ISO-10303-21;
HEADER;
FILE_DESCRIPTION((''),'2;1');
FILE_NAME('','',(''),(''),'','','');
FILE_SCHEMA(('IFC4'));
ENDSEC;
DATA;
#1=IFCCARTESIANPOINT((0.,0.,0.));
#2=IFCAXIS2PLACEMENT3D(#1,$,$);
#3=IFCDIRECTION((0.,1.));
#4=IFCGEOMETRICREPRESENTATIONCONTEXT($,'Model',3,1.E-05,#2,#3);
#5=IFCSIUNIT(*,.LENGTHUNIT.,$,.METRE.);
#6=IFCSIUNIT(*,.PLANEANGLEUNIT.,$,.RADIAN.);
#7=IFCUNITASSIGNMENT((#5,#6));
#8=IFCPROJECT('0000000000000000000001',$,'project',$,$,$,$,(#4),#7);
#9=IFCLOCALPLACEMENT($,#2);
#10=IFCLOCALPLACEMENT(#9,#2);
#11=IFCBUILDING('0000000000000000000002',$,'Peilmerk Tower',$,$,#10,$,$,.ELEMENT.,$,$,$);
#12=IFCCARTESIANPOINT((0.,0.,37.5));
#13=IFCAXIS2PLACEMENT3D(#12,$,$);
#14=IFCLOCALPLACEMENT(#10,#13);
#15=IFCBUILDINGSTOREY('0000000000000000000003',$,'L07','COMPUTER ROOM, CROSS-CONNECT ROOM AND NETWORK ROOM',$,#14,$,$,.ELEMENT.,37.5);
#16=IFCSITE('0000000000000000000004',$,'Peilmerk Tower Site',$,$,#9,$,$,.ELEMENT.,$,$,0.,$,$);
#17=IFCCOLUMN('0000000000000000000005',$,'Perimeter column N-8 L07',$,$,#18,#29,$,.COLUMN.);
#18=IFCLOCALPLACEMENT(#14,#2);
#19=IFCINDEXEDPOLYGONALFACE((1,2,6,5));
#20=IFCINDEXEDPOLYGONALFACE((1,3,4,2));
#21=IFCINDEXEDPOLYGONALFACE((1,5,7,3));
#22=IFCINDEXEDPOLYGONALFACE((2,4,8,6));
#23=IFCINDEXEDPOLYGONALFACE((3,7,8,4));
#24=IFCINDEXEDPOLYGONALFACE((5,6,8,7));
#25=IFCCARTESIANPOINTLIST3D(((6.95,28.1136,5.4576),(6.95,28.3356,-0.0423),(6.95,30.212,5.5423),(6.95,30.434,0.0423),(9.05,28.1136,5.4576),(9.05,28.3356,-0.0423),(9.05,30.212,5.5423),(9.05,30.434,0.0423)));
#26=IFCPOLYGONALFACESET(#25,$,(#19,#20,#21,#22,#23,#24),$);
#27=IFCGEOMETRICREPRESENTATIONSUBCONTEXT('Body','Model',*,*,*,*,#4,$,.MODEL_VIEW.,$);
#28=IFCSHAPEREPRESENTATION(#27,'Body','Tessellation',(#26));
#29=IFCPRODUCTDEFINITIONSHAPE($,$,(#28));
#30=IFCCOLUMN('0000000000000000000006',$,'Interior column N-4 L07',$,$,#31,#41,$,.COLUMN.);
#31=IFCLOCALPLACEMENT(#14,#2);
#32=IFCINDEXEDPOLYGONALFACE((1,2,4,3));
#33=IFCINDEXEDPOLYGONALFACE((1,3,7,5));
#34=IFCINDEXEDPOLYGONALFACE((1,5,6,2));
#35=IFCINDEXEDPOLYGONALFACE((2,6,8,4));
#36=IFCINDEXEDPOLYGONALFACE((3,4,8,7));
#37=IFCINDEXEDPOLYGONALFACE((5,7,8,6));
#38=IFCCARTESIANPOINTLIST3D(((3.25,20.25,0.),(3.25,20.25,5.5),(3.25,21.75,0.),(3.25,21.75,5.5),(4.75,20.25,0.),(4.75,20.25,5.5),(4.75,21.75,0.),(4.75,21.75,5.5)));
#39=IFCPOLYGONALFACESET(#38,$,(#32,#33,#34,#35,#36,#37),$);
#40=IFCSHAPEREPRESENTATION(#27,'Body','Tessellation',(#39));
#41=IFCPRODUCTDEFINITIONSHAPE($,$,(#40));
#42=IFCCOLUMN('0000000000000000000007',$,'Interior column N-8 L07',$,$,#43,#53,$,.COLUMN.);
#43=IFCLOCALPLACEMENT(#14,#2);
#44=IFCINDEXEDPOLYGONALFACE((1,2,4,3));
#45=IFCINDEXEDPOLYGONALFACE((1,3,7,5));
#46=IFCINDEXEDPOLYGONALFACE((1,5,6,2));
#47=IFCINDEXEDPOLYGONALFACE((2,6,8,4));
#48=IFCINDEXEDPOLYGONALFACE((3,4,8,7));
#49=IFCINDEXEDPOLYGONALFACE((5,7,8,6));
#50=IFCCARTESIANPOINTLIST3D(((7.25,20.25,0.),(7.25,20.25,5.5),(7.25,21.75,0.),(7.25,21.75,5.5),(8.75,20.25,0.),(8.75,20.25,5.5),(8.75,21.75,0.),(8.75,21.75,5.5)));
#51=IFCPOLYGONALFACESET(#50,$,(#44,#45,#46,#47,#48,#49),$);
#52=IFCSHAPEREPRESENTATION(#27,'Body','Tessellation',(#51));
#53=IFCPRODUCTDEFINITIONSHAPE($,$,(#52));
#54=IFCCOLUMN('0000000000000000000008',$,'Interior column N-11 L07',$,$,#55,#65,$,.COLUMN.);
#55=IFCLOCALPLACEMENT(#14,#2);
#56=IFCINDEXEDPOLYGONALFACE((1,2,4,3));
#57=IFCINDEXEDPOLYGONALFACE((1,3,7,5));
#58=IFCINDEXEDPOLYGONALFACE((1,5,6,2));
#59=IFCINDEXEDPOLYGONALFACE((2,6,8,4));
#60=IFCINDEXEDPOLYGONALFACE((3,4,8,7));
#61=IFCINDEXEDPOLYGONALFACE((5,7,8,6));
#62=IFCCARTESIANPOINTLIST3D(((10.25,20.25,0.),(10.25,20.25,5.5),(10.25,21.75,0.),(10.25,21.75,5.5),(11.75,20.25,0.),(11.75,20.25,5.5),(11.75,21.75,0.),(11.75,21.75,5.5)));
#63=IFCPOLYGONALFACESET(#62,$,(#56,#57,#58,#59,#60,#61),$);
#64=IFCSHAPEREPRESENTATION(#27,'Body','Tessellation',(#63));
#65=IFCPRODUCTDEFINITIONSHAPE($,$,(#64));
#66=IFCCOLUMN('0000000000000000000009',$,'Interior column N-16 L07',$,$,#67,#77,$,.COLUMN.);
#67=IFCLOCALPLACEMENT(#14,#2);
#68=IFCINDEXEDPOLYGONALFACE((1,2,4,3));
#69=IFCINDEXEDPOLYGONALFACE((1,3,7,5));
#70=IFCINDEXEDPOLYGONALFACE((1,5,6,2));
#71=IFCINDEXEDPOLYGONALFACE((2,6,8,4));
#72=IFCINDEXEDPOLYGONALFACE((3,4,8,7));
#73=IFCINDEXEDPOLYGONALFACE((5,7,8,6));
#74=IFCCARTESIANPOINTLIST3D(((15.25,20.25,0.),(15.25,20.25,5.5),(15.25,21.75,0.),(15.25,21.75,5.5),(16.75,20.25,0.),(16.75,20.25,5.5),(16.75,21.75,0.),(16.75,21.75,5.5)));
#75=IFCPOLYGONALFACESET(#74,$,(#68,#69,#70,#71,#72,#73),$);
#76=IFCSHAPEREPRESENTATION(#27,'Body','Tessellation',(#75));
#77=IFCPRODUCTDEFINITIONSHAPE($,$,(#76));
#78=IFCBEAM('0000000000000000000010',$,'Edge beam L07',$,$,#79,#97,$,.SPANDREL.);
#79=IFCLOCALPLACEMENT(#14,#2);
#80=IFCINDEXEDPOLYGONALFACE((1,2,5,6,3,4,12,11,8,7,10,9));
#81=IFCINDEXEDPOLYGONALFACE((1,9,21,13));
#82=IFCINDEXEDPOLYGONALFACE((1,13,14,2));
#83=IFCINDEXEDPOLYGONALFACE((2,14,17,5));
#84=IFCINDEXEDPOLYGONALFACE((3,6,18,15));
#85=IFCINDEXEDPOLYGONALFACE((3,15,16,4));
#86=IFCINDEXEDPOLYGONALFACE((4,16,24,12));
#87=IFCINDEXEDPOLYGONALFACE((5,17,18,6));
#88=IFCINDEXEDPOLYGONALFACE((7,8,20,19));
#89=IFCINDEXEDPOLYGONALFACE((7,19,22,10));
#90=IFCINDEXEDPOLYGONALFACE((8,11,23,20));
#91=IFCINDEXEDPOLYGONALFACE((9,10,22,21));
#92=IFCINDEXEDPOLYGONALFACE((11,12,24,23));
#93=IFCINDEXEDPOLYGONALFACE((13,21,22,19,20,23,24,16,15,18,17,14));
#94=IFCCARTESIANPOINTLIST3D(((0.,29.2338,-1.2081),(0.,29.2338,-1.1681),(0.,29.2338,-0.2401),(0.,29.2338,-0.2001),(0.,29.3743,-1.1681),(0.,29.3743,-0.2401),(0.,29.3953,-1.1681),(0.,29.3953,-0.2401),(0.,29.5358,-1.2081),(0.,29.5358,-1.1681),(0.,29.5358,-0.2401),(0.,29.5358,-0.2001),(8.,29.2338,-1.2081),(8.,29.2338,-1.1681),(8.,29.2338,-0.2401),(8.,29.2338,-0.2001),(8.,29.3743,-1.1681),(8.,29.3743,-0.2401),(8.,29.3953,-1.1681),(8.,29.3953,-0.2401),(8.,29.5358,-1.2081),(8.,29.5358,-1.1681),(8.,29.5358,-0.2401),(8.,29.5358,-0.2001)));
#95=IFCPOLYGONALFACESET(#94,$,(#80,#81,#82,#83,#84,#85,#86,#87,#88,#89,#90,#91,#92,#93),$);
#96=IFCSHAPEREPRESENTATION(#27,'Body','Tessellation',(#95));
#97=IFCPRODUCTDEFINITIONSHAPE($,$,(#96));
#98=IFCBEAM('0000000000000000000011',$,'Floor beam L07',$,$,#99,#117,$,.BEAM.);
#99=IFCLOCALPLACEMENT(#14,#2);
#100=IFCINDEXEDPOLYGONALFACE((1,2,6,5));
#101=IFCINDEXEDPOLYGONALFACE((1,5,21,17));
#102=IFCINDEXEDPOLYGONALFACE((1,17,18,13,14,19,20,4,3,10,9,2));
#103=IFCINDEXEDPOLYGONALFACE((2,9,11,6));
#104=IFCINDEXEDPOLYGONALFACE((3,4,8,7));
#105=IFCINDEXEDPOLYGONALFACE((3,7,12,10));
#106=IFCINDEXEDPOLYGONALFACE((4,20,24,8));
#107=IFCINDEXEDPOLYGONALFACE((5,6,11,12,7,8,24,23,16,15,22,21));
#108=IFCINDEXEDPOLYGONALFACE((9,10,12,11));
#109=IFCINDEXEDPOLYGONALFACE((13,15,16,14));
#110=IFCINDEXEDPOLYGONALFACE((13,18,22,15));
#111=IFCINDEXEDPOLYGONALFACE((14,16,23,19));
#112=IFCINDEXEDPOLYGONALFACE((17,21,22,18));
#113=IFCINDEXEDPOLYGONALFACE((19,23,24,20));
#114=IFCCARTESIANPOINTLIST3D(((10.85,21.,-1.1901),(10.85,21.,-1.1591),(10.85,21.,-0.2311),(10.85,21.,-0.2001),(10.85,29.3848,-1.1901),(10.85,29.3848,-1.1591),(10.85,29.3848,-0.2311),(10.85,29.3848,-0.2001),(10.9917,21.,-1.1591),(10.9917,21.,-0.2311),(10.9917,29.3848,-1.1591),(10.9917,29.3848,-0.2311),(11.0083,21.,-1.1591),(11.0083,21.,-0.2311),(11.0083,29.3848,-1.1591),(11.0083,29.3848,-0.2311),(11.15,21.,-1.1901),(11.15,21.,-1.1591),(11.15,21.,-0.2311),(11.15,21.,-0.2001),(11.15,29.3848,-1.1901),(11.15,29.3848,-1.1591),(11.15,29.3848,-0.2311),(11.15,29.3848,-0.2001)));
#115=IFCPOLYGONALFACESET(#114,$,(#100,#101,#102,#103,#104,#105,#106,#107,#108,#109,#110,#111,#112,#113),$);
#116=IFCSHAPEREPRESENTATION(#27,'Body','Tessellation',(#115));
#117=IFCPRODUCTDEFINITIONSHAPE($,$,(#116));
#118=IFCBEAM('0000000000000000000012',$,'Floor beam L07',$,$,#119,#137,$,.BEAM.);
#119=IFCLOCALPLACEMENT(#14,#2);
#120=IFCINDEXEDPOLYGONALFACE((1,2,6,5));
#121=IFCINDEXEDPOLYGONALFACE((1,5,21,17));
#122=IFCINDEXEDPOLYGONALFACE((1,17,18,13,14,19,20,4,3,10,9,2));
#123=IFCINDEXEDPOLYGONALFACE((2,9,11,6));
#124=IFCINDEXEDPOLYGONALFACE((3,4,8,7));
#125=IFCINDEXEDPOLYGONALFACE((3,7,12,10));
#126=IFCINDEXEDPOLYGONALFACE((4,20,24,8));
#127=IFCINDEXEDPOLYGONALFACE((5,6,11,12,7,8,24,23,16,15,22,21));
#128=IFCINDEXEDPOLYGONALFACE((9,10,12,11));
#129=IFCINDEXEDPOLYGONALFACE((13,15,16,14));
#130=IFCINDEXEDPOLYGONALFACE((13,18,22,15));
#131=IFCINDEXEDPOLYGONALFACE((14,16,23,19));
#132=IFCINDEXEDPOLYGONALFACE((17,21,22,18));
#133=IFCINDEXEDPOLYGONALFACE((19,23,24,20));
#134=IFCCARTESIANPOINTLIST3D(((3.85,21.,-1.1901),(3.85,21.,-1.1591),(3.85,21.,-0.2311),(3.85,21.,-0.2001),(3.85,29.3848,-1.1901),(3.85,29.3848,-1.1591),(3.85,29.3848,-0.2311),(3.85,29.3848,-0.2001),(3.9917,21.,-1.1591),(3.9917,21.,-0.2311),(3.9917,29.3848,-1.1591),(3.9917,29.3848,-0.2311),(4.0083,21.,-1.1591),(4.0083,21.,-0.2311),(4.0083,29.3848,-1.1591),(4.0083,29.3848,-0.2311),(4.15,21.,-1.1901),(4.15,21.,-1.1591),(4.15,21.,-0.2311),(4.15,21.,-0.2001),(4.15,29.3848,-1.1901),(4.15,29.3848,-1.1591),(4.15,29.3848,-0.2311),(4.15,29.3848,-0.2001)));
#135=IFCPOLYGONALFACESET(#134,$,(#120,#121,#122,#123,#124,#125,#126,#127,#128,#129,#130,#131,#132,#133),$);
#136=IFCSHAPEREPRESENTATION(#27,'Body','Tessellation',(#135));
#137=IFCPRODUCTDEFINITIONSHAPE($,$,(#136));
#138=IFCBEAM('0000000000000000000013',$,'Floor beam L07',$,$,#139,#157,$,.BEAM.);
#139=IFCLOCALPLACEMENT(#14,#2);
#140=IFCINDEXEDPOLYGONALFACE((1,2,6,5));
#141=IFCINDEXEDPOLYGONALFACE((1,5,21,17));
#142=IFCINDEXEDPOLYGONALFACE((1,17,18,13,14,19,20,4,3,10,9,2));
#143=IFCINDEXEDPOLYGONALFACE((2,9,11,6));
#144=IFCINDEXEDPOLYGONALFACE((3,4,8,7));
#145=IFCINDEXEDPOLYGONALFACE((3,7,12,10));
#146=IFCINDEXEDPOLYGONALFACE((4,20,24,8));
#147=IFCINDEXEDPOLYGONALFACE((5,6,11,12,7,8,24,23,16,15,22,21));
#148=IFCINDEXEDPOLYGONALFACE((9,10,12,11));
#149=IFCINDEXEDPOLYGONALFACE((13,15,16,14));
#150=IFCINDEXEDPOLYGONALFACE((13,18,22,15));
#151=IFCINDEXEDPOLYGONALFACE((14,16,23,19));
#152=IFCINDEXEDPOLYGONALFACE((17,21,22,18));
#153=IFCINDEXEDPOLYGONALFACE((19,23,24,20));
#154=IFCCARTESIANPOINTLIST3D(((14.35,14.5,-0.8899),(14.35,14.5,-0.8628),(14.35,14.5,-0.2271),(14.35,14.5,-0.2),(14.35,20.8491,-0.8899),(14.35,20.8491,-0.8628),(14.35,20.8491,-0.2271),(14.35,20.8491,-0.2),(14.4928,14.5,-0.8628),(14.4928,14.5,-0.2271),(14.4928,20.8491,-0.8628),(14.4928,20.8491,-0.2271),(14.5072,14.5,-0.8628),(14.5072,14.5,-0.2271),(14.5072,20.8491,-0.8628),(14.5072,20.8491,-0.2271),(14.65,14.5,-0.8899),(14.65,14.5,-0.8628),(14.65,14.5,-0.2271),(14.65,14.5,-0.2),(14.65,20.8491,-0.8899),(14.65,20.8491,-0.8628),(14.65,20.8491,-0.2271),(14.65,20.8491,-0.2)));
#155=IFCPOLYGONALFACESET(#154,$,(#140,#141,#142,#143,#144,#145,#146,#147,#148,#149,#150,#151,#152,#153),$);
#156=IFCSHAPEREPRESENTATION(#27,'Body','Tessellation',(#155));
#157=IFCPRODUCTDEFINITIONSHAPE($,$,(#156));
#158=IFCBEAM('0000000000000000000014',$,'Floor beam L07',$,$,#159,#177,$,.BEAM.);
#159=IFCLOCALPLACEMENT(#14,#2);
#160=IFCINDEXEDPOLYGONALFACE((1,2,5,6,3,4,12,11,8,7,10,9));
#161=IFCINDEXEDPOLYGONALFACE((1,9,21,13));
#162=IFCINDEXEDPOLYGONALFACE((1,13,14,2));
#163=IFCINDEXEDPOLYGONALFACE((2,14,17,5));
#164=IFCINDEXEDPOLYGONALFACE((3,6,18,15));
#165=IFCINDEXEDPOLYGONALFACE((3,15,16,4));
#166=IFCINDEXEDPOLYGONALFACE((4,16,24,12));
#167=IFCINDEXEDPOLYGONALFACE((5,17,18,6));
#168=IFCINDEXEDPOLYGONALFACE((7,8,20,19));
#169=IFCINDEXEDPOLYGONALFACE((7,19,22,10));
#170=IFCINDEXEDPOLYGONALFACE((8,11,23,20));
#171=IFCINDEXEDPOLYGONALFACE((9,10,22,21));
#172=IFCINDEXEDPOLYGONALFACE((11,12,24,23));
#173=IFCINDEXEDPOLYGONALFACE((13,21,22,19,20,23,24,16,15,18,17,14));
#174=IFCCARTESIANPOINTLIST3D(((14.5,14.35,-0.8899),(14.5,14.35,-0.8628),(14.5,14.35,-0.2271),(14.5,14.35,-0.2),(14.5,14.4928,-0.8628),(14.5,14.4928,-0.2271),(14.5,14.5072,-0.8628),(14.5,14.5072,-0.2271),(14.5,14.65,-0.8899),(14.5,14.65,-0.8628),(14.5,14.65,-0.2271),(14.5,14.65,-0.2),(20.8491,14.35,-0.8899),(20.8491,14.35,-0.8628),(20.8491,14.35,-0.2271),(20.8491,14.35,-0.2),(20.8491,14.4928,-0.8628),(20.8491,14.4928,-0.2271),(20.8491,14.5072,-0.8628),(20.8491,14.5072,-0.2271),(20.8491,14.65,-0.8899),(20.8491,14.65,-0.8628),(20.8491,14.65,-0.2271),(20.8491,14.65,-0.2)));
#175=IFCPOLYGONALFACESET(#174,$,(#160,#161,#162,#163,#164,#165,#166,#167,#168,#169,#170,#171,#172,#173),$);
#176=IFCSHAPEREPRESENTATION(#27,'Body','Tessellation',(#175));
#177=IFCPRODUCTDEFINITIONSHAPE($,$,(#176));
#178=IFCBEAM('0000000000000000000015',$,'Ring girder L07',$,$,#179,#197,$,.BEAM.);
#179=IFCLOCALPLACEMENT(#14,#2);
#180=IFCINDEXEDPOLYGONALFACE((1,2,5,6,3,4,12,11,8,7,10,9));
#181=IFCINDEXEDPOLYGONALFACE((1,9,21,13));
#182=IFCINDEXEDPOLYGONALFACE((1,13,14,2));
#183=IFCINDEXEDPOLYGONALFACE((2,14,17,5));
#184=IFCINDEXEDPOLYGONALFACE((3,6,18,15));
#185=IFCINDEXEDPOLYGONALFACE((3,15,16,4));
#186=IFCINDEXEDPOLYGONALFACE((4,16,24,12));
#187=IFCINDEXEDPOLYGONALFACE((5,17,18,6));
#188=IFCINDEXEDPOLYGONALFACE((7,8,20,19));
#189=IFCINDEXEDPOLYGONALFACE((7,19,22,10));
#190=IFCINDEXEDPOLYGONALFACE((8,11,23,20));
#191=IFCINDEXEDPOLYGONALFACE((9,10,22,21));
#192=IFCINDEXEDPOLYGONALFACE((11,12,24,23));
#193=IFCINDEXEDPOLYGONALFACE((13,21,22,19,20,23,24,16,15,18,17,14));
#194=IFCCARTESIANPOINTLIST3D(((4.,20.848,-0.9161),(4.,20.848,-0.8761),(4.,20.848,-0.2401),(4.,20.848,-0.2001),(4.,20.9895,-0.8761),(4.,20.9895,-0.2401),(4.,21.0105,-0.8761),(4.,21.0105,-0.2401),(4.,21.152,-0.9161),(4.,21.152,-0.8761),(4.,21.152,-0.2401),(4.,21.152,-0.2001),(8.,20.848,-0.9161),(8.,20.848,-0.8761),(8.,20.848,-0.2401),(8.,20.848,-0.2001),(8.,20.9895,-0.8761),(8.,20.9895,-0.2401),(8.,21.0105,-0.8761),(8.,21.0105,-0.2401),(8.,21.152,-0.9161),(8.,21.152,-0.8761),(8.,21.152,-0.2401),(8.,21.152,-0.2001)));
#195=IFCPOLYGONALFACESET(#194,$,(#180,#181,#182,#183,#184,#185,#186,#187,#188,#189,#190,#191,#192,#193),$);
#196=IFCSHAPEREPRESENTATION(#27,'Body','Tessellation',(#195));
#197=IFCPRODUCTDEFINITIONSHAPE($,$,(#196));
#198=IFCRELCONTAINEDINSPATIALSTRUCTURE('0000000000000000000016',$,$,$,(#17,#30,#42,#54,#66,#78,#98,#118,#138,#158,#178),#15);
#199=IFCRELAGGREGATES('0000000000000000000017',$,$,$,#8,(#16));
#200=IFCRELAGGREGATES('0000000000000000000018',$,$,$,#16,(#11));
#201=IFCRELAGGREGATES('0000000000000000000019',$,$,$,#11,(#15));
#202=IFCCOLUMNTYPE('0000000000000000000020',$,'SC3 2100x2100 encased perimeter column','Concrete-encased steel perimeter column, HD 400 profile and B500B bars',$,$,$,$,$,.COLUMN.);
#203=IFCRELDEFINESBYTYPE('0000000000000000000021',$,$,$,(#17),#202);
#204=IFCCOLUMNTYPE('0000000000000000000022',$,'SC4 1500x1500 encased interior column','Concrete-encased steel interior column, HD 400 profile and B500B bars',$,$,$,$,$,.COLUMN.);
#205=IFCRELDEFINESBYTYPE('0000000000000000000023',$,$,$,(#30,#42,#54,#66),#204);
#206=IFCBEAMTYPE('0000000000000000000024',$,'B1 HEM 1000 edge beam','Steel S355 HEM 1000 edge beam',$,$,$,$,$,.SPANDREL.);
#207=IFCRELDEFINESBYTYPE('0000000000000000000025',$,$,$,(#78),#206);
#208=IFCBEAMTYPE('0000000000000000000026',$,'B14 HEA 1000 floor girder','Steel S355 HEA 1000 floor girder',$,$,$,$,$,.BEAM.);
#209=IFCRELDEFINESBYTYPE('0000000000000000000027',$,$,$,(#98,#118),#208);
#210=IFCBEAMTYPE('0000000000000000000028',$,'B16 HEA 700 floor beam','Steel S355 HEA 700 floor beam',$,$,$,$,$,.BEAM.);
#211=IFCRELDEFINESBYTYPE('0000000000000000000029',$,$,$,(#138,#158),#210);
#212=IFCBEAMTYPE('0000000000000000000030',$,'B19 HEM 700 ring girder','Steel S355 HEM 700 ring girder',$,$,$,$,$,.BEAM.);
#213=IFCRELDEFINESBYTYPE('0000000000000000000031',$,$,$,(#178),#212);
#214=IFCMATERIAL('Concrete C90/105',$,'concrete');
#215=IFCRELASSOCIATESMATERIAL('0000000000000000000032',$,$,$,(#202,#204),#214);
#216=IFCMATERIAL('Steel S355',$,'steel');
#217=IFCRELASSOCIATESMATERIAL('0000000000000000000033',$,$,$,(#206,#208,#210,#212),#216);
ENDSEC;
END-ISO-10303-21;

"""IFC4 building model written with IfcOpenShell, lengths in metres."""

from ifc_helpers import new_model, si_unit, direction, frame, origin, origin_2d, place, context, subcontext, project, spatial, rectangle, i_section, extrude, material, material_profile, profile_set, type_object, element, save


model = new_model("IFC4")

# Units and contexts
model_context = context("Model", 3, precision=1e-05, world=origin(), true_north=direction((0.0, 1.0)))
body_context = subcontext(model_context, "Body", "Model", "MODEL_VIEW")
ifc_project = project(units=[si_unit("LENGTHUNIT", "METRE"), si_unit("PLANEANGLEUNIT", "RADIAN")], contexts=[model_context])

# Site, building, storey
site_placement = place(None, origin())
site = spatial("IfcSite", under=ifc_project, at=site_placement, Name="Peilmerk Tower Site", CompositionType="ELEMENT", RefElevation=0.0)
building_placement = place(site_placement, origin())
building = spatial("IfcBuilding", under=site, at=building_placement, Name="Peilmerk Tower", CompositionType="ELEMENT")
storey_placement = place(building_placement, frame((0.0, 0.0, 37.5)))
storey = spatial("IfcBuildingStorey", under=building, at=storey_placement, Name="L07", Description="COMPUTER ROOM, CROSS-CONNECT ROOM AND NETWORK ROOM", CompositionType="ELEMENT", Elevation=37.5)

# Columns
ifc_material_1 = material(Name="Concrete C90/105", Category="concrete")
ifc_material_profile_1 = material_profile(ifc_material_1, rectangle(XDim=2.1001, YDim=2.1001, at=origin_2d()), Name="RC 2100x2100")
ifc_profile_set_1 = profile_set([ifc_material_profile_1], Name="Concrete C90/105")
column_type_1 = type_object("IfcColumnType", Name="SC3 2100x2100 encased perimeter column", Description="Concrete-encased steel perimeter column, HD 400 profile and B500B bars", PredefinedType="COLUMN", material=ifc_profile_set_1)
column_placement = place(storey_placement, frame((8.0, 29.3848, 0.0), z_axis=(0.0, -0.040317, 0.999187), x_axis=(1.0, 0.0, 0.0)))
element("IfcColumn", 1, at=column_placement, inside=storey, type_object=column_type_1, Name="Perimeter column N-8 L07", PredefinedType="COLUMN", context=body_context, shape_type="SweptSolid", body=[
    extrude(rectangle(XDim=2.1001, YDim=2.1001, at=origin_2d()), origin(), (0.0, 0.0, 1.0), 5.5044),
])
ifc_material_profile_2 = material_profile(ifc_material_1, rectangle(XDim=1.5, YDim=1.5, at=origin_2d()), Name="RC 1500x1500")
ifc_profile_set_2 = profile_set([ifc_material_profile_2], Name="Concrete C90/105")
column_type_2 = type_object("IfcColumnType", Name="SC4 1500x1500 encased interior column", Description="Concrete-encased steel interior column, HD 400 profile and B500B bars", PredefinedType="COLUMN", material=ifc_profile_set_2)
for number, where, z_axis, x_axis, name in (
    (2, (4.0, 21.0, 0.0), (0.0, 0.0, 1.0), (1.0, 0.0, 0.0), "Interior column N-4 L07"),
    (3, (8.0, 21.0, 0.0), (0.0, 0.0, 1.0), (1.0, 0.0, 0.0), "Interior column N-8 L07"),
    (4, (11.0, 21.0, 0.0), (0.0, 0.0, 1.0), (1.0, 0.0, 0.0), "Interior column N-11 L07"),
    (5, (16.0, 21.0, 0.0), (0.0, 0.0, 1.0), (1.0, 0.0, 0.0), "Interior column N-16 L07"),
):
    element("IfcColumn", number, at=place(storey_placement, frame(where, z_axis=z_axis, x_axis=x_axis)), inside=storey, type_object=column_type_2, Name=name, PredefinedType="COLUMN", context=body_context, shape_type="SweptSolid", body=[
        extrude(rectangle(XDim=1.5, YDim=1.5, at=origin_2d()), origin(), (0.0, 0.0, 1.0), 5.5),
    ])

# Beams
ifc_material_2 = material(Name="Steel S355", Category="steel")
ifc_material_profile_3 = material_profile(ifc_material_2, i_section(OverallWidth=0.302, OverallDepth=1.0081, WebThickness=0.021, FlangeThickness=0.04, at=origin_2d()), Name="HEM 1000")
ifc_profile_set_3 = profile_set([ifc_material_profile_3], Name="Steel S355")
beam_type_1 = type_object("IfcBeamType", Name="B1 HEM 1000 edge beam", Description="Steel S355 HEM 1000 edge beam", PredefinedType="SPANDREL", material=ifc_profile_set_3)
beam_1_placement = place(storey_placement, frame((8.0, 29.3848, -0.7041), z_axis=(-1.0, 0.0, 0.0), x_axis=(0.0, -1.0, 0.0)))
element("IfcBeam", 6, at=beam_1_placement, inside=storey, type_object=beam_type_1, Name="Edge beam L07", PredefinedType="SPANDREL", context=body_context, shape_type="SweptSolid", body=[
    extrude(i_section(OverallWidth=0.302, OverallDepth=1.0081, WebThickness=0.021, FlangeThickness=0.04, at=origin_2d()), origin(), (0.0, 0.0, 1.0), 8.0),
])
ifc_material_profile_4 = material_profile(ifc_material_2, i_section(OverallWidth=0.3, OverallDepth=0.99, WebThickness=0.0166, FlangeThickness=0.031, at=origin_2d()), Name="HEA 1000")
ifc_profile_set_4 = profile_set([ifc_material_profile_4], Name="Steel S355")
beam_type_2 = type_object("IfcBeamType", Name="B14 HEA 1000 floor girder", Description="Steel S355 HEA 1000 floor girder", PredefinedType="BEAM", material=ifc_profile_set_4)
for number, where, z_axis, x_axis, name in (
    (7, (11.0, 21.0, -0.6951), (0.0, 1.0, 0.0), (-1.0, 0.0, 0.0), "Floor beam L07"),
    (8, (4.0, 21.0, -0.6951), (0.0, 1.0, 0.0), (-1.0, 0.0, 0.0), "Floor beam L07"),
):
    element("IfcBeam", number, at=place(storey_placement, frame(where, z_axis=z_axis, x_axis=x_axis)), inside=storey, type_object=beam_type_2, Name=name, PredefinedType="BEAM", context=body_context, shape_type="SweptSolid", body=[
        extrude(i_section(OverallWidth=0.3, OverallDepth=0.99, WebThickness=0.0166, FlangeThickness=0.031, at=origin_2d()), origin(), (0.0, 0.0, 1.0), 8.3848),
    ])
ifc_material_profile_5 = material_profile(ifc_material_2, i_section(OverallWidth=0.3, OverallDepth=0.6899, WebThickness=0.0144, FlangeThickness=0.0271, at=origin_2d()), Name="HEA 700")
ifc_profile_set_5 = profile_set([ifc_material_profile_5], Name="Steel S355")
beam_type_3 = type_object("IfcBeamType", Name="B16 HEA 700 floor beam", Description="Steel S355 HEA 700 floor beam", PredefinedType="BEAM", material=ifc_profile_set_5)
for number, where, z_axis, x_axis, name in (
    (9, (14.5, 14.5, -0.5449), (0.0, 1.0, 0.0), (-1.0, 0.0, 0.0), "Floor beam L07"),
    (10, (14.5, 14.5, -0.5449), (1.0, 0.0, 0.0), (0.0, 1.0, 0.0), "Floor beam L07"),
):
    element("IfcBeam", number, at=place(storey_placement, frame(where, z_axis=z_axis, x_axis=x_axis)), inside=storey, type_object=beam_type_3, Name=name, PredefinedType="BEAM", context=body_context, shape_type="SweptSolid", body=[
        extrude(i_section(OverallWidth=0.3, OverallDepth=0.6899, WebThickness=0.0144, FlangeThickness=0.0271, at=origin_2d()), origin(), (0.0, 0.0, 1.0), 6.3491),
    ])
ifc_material_profile_6 = material_profile(ifc_material_2, i_section(OverallWidth=0.304, OverallDepth=0.7161, WebThickness=0.021, FlangeThickness=0.04, at=origin_2d()), Name="HEM 700")
ifc_profile_set_6 = profile_set([ifc_material_profile_6], Name="Steel S355")
beam_type_4 = type_object("IfcBeamType", Name="B19 HEM 700 ring girder", Description="Steel S355 HEM 700 ring girder", PredefinedType="BEAM", material=ifc_profile_set_6)
for number, where, z_axis, x_axis, name in (
    (11, (8.0, 21.0, -0.5581), (-1.0, 0.0, 0.0), (0.0, -1.0, 0.0), "Ring girder L07"),
):
    element("IfcBeam", number, at=place(storey_placement, frame(where, z_axis=z_axis, x_axis=x_axis)), inside=storey, type_object=beam_type_4, Name=name, PredefinedType="BEAM", context=body_context, shape_type="SweptSolid", body=[
        extrude(i_section(OverallWidth=0.304, OverallDepth=0.7161, WebThickness=0.021, FlangeThickness=0.04, at=origin_2d()), origin(), (0.0, 0.0, 1.0), 4.0),
    ])

save(model, "model.ifc")
